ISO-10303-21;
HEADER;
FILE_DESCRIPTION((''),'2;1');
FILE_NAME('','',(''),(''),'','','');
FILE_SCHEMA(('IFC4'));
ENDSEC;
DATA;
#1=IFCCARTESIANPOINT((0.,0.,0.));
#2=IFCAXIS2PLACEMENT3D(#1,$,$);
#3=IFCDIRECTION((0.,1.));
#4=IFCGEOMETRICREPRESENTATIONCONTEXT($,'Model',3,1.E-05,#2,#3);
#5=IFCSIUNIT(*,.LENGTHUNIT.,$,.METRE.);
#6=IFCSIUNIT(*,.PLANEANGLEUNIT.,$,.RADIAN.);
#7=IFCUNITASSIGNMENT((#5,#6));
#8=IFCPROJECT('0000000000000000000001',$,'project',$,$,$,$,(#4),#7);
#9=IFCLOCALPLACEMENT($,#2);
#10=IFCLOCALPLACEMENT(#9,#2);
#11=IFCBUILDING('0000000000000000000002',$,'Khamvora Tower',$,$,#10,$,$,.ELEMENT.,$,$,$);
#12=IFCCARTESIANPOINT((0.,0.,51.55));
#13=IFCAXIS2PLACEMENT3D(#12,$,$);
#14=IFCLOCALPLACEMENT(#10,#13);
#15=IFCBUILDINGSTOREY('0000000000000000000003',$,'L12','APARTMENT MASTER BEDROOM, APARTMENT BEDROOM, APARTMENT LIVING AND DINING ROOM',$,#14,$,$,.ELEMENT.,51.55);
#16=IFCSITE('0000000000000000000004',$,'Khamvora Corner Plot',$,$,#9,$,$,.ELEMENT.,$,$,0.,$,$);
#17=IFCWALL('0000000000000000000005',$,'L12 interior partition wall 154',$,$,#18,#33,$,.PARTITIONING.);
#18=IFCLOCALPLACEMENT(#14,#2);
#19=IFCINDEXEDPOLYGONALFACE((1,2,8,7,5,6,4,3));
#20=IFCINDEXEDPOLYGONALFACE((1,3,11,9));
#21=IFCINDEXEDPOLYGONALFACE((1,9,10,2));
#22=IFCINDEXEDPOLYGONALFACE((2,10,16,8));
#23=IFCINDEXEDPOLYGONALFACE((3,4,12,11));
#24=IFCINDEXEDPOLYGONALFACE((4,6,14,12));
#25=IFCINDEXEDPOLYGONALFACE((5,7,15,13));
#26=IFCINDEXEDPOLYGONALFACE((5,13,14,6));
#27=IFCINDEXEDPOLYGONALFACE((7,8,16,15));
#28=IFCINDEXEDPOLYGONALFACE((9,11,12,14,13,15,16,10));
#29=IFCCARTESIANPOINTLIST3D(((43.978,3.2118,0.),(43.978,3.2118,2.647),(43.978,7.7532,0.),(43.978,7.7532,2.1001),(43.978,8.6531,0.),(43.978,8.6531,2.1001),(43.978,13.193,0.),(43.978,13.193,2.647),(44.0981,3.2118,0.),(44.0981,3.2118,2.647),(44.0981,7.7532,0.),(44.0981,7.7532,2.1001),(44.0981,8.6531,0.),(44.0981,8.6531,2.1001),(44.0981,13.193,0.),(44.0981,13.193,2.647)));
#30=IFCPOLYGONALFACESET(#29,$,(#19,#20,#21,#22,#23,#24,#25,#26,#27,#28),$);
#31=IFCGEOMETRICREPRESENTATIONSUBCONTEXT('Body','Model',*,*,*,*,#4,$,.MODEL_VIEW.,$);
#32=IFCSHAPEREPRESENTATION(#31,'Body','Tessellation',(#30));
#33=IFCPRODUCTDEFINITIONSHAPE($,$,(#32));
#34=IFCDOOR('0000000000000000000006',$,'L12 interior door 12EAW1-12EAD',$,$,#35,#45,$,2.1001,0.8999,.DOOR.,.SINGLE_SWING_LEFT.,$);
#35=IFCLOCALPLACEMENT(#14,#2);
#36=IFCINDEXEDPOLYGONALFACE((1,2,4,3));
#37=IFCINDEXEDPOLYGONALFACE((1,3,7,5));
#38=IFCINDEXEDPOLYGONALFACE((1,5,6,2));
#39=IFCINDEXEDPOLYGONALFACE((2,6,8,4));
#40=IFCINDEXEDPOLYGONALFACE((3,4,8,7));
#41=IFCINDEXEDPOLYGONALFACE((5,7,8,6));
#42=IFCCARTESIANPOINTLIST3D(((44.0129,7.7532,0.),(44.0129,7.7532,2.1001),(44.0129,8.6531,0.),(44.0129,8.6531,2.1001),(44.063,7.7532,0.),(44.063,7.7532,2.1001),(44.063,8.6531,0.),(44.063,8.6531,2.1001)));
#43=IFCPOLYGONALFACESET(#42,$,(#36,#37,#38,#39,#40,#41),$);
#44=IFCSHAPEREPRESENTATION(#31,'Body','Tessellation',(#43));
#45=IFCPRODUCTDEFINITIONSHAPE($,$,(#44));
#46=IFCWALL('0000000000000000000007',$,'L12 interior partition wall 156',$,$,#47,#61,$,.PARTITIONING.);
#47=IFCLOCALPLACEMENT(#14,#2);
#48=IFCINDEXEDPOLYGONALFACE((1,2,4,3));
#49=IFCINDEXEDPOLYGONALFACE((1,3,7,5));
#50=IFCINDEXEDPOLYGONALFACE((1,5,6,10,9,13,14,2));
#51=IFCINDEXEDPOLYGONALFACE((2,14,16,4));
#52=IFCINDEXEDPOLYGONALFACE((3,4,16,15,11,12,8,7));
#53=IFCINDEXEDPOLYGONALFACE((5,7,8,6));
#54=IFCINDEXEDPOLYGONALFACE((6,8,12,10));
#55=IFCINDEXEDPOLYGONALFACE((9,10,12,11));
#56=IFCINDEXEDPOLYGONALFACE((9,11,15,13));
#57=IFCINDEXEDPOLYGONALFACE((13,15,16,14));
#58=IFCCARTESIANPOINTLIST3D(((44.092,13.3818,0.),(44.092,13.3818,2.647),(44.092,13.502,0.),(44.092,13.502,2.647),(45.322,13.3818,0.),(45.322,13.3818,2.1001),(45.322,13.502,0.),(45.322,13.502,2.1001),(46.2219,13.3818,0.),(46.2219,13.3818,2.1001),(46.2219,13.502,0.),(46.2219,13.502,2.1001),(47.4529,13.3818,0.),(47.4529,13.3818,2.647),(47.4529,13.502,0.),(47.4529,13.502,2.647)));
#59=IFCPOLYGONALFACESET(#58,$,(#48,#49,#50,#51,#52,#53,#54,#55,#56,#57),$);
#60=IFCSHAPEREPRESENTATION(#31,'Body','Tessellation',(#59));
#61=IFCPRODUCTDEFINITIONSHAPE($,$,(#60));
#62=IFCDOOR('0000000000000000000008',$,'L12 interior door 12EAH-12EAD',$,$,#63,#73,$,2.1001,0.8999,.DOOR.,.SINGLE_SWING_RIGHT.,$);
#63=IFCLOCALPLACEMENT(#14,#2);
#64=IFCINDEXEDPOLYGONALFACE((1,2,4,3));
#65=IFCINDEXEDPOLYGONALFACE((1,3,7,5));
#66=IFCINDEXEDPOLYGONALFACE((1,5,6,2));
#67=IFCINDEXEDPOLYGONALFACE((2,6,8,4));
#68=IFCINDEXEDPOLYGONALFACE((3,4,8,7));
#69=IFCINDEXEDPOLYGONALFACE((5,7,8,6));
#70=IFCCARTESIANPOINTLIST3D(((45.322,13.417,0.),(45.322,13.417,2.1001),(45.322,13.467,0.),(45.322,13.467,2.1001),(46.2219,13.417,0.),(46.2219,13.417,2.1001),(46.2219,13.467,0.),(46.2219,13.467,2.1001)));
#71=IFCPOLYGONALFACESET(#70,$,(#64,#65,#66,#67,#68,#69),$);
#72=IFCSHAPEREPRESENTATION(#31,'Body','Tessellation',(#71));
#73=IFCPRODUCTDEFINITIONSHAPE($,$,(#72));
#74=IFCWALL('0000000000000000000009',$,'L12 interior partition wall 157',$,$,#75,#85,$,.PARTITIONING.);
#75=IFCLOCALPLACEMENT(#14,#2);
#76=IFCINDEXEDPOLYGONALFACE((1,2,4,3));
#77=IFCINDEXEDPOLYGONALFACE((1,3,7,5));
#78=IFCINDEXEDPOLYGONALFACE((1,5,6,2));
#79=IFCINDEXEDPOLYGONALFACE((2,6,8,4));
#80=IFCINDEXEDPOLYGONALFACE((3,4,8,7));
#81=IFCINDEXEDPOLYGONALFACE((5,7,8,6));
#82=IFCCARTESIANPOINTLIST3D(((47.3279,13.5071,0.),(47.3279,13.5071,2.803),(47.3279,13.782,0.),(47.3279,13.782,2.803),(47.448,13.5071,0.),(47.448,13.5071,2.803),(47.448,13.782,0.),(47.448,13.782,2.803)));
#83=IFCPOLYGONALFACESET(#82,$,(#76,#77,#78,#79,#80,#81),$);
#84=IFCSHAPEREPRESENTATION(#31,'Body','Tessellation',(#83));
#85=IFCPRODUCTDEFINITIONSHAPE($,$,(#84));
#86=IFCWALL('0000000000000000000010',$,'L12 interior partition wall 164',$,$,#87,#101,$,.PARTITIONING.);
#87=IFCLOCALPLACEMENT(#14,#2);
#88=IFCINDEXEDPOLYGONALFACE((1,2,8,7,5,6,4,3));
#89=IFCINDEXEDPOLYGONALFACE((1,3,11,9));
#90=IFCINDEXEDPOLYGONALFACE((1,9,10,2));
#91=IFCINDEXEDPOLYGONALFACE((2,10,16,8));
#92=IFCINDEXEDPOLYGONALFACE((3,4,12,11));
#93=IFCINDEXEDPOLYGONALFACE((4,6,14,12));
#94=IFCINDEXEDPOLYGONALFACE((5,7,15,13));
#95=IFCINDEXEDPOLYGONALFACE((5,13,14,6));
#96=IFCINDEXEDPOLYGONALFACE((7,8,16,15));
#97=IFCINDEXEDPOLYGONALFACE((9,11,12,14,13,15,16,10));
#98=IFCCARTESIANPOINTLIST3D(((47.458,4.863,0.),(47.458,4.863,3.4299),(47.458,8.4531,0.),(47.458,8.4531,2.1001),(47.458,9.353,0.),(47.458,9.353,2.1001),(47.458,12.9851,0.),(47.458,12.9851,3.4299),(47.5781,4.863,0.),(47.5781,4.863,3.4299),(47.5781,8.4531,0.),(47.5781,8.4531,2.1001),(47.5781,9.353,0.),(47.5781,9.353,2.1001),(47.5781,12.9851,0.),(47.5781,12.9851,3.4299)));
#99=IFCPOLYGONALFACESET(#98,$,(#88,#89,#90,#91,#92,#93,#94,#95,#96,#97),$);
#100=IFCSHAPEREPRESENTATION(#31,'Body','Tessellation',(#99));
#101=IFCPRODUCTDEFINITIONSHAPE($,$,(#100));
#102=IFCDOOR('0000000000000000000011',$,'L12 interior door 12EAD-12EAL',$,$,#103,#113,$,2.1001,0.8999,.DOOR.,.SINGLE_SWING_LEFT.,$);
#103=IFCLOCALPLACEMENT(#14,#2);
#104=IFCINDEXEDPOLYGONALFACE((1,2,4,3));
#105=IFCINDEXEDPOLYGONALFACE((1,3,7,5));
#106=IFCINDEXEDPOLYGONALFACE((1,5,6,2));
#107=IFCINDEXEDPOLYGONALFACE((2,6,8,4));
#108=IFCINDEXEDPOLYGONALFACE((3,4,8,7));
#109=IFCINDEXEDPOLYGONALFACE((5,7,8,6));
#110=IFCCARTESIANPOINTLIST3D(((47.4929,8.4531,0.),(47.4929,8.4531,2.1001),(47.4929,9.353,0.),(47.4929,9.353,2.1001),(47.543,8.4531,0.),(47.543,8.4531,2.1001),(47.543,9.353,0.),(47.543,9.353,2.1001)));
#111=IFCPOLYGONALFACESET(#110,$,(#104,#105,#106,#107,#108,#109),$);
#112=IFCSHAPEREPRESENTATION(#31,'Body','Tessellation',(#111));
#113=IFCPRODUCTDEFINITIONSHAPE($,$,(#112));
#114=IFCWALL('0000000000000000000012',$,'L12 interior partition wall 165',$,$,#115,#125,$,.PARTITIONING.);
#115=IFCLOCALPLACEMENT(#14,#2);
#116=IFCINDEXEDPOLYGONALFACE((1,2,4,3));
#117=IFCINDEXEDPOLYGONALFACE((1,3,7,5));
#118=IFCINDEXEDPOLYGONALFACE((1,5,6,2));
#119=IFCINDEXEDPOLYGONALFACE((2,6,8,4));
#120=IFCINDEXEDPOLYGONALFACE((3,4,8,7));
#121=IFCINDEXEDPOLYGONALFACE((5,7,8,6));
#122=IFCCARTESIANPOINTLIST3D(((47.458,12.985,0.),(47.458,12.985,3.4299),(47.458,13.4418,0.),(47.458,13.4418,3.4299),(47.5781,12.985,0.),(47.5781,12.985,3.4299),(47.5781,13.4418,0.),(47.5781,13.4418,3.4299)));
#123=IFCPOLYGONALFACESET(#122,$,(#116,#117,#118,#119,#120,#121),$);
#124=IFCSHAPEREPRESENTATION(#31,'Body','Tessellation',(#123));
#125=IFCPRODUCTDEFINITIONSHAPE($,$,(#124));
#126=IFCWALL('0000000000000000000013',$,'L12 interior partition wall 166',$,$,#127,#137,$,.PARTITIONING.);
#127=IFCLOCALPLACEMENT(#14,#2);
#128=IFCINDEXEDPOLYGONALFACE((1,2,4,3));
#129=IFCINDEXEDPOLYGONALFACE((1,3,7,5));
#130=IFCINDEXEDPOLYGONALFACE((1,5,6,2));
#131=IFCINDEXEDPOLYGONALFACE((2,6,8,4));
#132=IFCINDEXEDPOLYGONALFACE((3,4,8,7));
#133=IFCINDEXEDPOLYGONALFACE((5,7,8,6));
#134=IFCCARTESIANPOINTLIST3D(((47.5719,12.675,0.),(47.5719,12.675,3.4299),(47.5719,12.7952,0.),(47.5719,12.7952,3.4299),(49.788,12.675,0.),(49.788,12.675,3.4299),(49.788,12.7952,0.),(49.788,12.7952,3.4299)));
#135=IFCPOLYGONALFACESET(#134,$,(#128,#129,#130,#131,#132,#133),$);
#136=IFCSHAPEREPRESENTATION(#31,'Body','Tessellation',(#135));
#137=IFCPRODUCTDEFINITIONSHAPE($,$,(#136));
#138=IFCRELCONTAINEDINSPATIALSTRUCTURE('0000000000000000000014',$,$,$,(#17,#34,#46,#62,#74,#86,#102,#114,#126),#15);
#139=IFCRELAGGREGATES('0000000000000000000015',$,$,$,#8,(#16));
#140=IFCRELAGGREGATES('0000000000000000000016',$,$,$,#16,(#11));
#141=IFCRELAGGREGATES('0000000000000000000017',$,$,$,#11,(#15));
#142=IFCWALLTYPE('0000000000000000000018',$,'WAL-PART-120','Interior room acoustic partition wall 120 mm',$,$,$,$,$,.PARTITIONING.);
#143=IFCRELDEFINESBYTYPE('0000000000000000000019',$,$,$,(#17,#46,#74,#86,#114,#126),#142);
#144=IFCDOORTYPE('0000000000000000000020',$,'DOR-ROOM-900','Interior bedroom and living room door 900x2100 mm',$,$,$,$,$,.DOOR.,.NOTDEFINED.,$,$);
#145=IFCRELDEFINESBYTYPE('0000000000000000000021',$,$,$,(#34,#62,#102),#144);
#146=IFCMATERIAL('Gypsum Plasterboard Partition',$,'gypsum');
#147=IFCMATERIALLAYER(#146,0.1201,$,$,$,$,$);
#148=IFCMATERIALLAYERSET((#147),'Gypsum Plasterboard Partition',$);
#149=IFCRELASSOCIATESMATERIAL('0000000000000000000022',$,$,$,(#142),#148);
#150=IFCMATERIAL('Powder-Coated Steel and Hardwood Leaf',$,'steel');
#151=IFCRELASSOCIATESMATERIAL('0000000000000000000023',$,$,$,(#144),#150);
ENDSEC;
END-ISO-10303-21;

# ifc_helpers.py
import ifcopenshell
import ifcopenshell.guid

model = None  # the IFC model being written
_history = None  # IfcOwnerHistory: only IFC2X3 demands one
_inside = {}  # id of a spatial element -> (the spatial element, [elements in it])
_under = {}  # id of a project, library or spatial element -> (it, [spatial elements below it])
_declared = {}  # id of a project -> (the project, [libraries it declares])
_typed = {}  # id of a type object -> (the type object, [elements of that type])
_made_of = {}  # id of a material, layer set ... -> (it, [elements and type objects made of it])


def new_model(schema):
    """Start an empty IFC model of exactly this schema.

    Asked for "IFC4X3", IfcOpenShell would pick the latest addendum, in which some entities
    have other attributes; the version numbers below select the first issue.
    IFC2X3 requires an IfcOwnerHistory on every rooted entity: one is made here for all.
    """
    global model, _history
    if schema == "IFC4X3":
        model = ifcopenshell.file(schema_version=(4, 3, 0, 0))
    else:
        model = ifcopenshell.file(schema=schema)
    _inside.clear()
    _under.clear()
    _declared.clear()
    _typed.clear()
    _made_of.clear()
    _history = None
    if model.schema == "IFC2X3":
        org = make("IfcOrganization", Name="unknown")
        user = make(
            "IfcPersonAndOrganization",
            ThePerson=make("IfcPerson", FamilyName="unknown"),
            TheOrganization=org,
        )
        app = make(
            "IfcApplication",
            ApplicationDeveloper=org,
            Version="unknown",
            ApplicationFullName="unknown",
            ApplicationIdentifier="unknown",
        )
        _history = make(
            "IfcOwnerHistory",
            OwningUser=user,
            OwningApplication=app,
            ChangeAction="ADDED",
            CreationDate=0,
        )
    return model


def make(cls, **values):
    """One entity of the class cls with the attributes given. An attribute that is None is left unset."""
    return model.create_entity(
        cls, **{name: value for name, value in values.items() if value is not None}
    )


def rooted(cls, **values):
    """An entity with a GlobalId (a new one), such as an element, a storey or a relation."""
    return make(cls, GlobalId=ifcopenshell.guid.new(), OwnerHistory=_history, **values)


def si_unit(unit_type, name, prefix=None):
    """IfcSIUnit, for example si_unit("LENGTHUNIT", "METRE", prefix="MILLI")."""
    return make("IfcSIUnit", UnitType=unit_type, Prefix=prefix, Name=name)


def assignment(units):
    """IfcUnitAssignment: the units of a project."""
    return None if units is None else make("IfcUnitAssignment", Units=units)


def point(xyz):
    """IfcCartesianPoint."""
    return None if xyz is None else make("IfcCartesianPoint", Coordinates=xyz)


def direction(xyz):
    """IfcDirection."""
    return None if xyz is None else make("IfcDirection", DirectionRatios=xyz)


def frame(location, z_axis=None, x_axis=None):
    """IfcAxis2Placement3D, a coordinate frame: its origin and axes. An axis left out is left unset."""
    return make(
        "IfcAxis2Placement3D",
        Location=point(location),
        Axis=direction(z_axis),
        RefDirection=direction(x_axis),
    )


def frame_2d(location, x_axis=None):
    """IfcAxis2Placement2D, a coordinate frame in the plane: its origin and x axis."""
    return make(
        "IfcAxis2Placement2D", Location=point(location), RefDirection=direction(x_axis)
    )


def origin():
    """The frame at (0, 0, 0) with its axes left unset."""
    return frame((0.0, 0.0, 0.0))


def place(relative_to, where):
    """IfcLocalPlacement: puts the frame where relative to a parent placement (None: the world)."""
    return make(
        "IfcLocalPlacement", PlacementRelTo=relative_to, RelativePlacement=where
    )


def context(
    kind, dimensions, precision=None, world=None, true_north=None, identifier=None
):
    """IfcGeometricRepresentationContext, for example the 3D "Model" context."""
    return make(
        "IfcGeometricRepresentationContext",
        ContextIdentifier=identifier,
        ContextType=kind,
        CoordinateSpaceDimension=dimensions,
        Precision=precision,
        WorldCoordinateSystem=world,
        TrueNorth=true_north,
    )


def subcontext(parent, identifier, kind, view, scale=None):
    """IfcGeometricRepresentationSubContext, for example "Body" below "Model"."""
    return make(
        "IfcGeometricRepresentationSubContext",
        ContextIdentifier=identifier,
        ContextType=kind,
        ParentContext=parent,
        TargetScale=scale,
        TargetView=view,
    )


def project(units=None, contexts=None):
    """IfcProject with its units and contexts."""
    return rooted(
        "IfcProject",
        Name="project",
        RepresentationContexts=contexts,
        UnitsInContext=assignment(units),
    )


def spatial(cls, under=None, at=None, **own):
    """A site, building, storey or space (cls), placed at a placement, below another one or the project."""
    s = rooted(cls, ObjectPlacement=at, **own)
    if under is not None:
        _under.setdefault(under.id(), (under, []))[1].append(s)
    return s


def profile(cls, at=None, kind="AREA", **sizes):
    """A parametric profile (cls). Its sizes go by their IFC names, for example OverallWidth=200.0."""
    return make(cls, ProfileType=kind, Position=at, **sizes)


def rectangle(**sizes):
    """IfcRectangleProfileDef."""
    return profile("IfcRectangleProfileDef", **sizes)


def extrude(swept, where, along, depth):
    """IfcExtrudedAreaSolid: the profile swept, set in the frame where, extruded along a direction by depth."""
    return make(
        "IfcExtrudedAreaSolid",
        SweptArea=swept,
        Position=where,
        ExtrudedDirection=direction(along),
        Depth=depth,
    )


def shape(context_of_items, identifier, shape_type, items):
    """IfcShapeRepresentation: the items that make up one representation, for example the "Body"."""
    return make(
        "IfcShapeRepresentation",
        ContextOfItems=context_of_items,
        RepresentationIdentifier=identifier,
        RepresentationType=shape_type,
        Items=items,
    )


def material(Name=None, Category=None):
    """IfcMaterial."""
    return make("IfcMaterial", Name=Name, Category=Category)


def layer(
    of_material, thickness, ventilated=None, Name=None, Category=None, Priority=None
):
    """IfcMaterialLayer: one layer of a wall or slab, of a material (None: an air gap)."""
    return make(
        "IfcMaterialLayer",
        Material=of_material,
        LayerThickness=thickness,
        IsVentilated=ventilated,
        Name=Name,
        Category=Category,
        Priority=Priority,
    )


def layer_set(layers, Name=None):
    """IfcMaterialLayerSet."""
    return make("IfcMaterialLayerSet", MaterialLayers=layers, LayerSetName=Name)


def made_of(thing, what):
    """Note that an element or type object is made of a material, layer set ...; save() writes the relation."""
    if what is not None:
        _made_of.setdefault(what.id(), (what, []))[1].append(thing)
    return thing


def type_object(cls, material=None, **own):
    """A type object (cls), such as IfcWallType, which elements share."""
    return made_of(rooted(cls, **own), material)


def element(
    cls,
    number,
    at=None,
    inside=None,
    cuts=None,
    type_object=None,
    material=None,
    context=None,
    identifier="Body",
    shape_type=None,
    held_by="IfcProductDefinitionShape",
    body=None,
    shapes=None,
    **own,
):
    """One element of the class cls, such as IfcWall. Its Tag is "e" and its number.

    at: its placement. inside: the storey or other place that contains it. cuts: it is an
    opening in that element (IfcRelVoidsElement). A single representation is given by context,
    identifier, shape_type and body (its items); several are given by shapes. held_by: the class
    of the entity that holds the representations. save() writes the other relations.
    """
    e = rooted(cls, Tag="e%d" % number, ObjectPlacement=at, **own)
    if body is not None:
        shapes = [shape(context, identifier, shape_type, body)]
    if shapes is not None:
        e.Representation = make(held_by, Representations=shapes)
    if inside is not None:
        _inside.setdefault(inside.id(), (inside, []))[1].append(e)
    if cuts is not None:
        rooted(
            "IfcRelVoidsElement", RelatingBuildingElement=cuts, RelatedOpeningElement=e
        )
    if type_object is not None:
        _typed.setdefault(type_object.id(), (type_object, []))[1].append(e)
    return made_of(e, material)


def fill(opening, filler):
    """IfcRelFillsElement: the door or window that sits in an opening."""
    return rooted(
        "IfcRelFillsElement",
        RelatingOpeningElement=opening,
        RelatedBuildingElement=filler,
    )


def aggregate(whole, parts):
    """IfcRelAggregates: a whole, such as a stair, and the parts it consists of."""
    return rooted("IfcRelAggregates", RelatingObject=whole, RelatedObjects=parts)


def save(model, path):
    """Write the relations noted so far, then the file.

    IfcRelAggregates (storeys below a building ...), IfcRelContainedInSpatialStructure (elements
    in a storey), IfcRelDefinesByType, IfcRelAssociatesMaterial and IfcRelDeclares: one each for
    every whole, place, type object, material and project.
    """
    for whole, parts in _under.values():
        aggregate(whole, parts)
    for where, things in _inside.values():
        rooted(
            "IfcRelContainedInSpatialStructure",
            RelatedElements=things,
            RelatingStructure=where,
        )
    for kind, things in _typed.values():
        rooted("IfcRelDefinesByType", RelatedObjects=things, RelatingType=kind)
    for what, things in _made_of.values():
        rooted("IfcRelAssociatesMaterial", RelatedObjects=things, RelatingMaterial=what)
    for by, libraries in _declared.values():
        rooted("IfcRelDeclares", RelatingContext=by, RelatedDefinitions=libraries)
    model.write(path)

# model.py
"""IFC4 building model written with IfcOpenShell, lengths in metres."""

from ifc_helpers import new_model, si_unit, direction, frame, frame_2d, origin, place, context, subcontext, project, spatial, rectangle, extrude, material, layer, layer_set, type_object, element, fill, save


model = new_model("IFC4")

# Units and contexts
model_context = context("Model", 3, precision=1e-05, world=origin(), true_north=direction((0.0, 1.0)))
body_context = subcontext(model_context, "Body", "Model", "MODEL_VIEW")
ifc_project = project(units=[si_unit("LENGTHUNIT", "METRE"), si_unit("PLANEANGLEUNIT", "RADIAN")], contexts=[model_context])

# Site, building, storey
site_placement = place(None, origin())
site = spatial("IfcSite", under=ifc_project, at=site_placement, Name="Khamvora Corner Plot", CompositionType="ELEMENT", RefElevation=0.0)
building_placement = place(site_placement, origin())
building = spatial("IfcBuilding", under=site, at=building_placement, Name="Khamvora Tower", CompositionType="ELEMENT")
storey_placement = place(building_placement, frame((0.0, 0.0, 51.55)))
storey = spatial("IfcBuildingStorey", under=building, at=storey_placement, Name="L12", Description="APARTMENT MASTER BEDROOM, APARTMENT BEDROOM, APARTMENT LIVING AND DINING ROOM", CompositionType="ELEMENT", Elevation=51.55)

# Walls, openings, doors
ifc_material_1 = material(Name="Gypsum Plasterboard Partition", Category="gypsum")
ifc_layer_1 = layer(ifc_material_1, 0.1201)
ifc_layer_set_1 = layer_set([ifc_layer_1], Name="Gypsum Plasterboard Partition")
wall_type_1 = type_object("IfcWallType", Name="WAL-PART-120", Description="Interior room acoustic partition wall 120 mm", PredefinedType="PARTITIONING", material=ifc_layer_set_1)
wall_1_placement = place(storey_placement, frame((44.0381, 13.1931, 0.0), z_axis=(0.0, 0.0, 1.0), x_axis=(0.0, -1.0, 0.0)))
wall_1 = element("IfcWall", 1, at=wall_1_placement, inside=storey, type_object=wall_type_1, Name="L12 interior partition wall 154", PredefinedType="PARTITIONING", context=body_context, shape_type="SweptSolid", body=[
    extrude(rectangle(XDim=9.9812, YDim=0.1201, at=frame_2d((4.9907, 0.0))), origin(), (0.0, 0.0, 1.0), 2.647),
])
opening_1_placement = place(wall_1_placement, frame((4.54, 0.0, 0.0)))
opening_1 = element("IfcOpeningElement", 2, at=opening_1_placement, cuts=wall_1, PredefinedType="OPENING", context=body_context, shape_type="SweptSolid", body=[
    extrude(rectangle(XDim=0.8999, YDim=2.1001, at=frame_2d((0.45, 1.05))), frame((0.0, 0.0701, 0.0), z_axis=(0.0, -1.0, 0.0), x_axis=(1.0, 0.0, 0.0)), (0.0, 0.0, 1.0), 0.1401),
])
ifc_material_2 = material(Name="Powder-Coated Steel and Hardwood Leaf", Category="steel")
door_type = type_object("IfcDoorType", Name="DOR-ROOM-900", Description="Interior bedroom and living room door 900x2100 mm", OperationType="NOTDEFINED", PredefinedType="DOOR", material=ifc_material_2)
door_1_placement = place(opening_1_placement, origin())
door_1 = element("IfcDoor", 3, at=door_1_placement, inside=storey, type_object=door_type, Name="L12 interior door 12EAW1-12EAD", OperationType="SINGLE_SWING_LEFT", OverallHeight=2.1001, OverallWidth=0.8999, PredefinedType="DOOR", context=body_context, shape_type="SweptSolid", body=[
    extrude(rectangle(XDim=0.8999, YDim=2.1001, at=frame_2d((0.45, 1.05))), frame((0.0, 0.0249, 0.0), z_axis=(0.0, -1.0, 0.0), x_axis=(1.0, 0.0, 0.0)), (0.0, 0.0, 1.0), 0.05),
])
fill(opening_1, door_1)
wall_2_placement = place(storey_placement, frame((47.4529, 13.4419, 0.0), z_axis=(0.0, 0.0, 1.0), x_axis=(-1.0, 0.0, 0.0)))
wall_2 = element("IfcWall", 4, at=wall_2_placement, inside=storey, type_object=wall_type_1, Name="L12 interior partition wall 156", PredefinedType="PARTITIONING", context=body_context, shape_type="SweptSolid", body=[
    extrude(rectangle(XDim=3.3608, YDim=0.1201, at=frame_2d((1.6804, 0.0))), origin(), (0.0, 0.0, 1.0), 2.647),
])
opening_2_placement = place(wall_2_placement, frame((1.231, 0.0, 0.0)))
opening_2 = element("IfcOpeningElement", 5, at=opening_2_placement, cuts=wall_2, PredefinedType="OPENING", context=body_context, shape_type="SweptSolid", body=[
    extrude(rectangle(XDim=0.8999, YDim=2.1001, at=frame_2d((0.45, 1.05))), frame((0.0, 0.0701, 0.0), z_axis=(0.0, -1.0, 0.0), x_axis=(1.0, 0.0, 0.0)), (0.0, 0.0, 1.0), 0.1401),
])
door_2_placement = place(opening_2_placement, origin())
door_2 = element("IfcDoor", 6, at=door_2_placement, inside=storey, type_object=door_type, Name="L12 interior door 12EAH-12EAD", OperationType="SINGLE_SWING_RIGHT", OverallHeight=2.1001, OverallWidth=0.8999, PredefinedType="DOOR", context=body_context, shape_type="SweptSolid", body=[
    extrude(rectangle(XDim=0.8999, YDim=2.1001, at=frame_2d((0.45, 1.05))), frame((0.0, 0.0249, 0.0), z_axis=(0.0, -1.0, 0.0), x_axis=(1.0, 0.0, 0.0)), (0.0, 0.0, 1.0), 0.05),
])
fill(opening_2, door_2)

# Wall
wall_3_placement = place(storey_placement, frame((47.3879, 13.782, 0.0), z_axis=(0.0, 0.0, 1.0), x_axis=(0.0, -1.0, 0.0)))
element("IfcWall", 7, at=wall_3_placement, inside=storey, type_object=wall_type_1, Name="L12 interior partition wall 157", PredefinedType="PARTITIONING", context=body_context, shape_type="SweptSolid", body=[
    extrude(rectangle(XDim=0.2749, YDim=0.1201, at=frame_2d((0.1375, 0.0))), origin(), (0.0, 0.0, 1.0), 2.803),
])

# Wall, opening, door
wall_4_placement = place(storey_placement, frame((47.5181, 12.9851, 0.0), z_axis=(0.0, 0.0, 1.0), x_axis=(0.0, -1.0, 0.0)))
wall_4 = element("IfcWall", 8, at=wall_4_placement, inside=storey, type_object=wall_type_1, Name="L12 interior partition wall 164", PredefinedType="PARTITIONING", context=body_context, shape_type="SweptSolid", body=[
    extrude(rectangle(XDim=8.1221, YDim=0.1201, at=frame_2d((4.061, 0.0))), origin(), (0.0, 0.0, 1.0), 3.4299),
])
opening_3_placement = place(wall_4_placement, frame((3.6321, 0.0, 0.0)))
opening_3 = element("IfcOpeningElement", 9, at=opening_3_placement, cuts=wall_4, PredefinedType="OPENING", context=body_context, shape_type="SweptSolid", body=[
    extrude(rectangle(XDim=0.8999, YDim=2.1001, at=frame_2d((0.45, 1.05))), frame((0.0, 0.0701, 0.0), z_axis=(0.0, -1.0, 0.0), x_axis=(1.0, 0.0, 0.0)), (0.0, 0.0, 1.0), 0.1401),
])
door_3_placement = place(opening_3_placement, origin())
door_3 = element("IfcDoor", 10, at=door_3_placement, inside=storey, type_object=door_type, Name="L12 interior door 12EAD-12EAL", OperationType="SINGLE_SWING_LEFT", OverallHeight=2.1001, OverallWidth=0.8999, PredefinedType="DOOR", context=body_context, shape_type="SweptSolid", body=[
    extrude(rectangle(XDim=0.8999, YDim=2.1001, at=frame_2d((0.45, 1.05))), frame((0.0, 0.0249, 0.0), z_axis=(0.0, -1.0, 0.0), x_axis=(1.0, 0.0, 0.0)), (0.0, 0.0, 1.0), 0.05),
])
fill(opening_3, door_3)

# Walls
wall_5_placement = place(storey_placement, frame((47.5181, 13.4419, 0.0), z_axis=(0.0, 0.0, 1.0), x_axis=(0.0, -1.0, 0.0)))
element("IfcWall", 11, at=wall_5_placement, inside=storey, type_object=wall_type_1, Name="L12 interior partition wall 165", PredefinedType="PARTITIONING", context=body_context, shape_type="SweptSolid", body=[
    extrude(rectangle(XDim=0.4568, YDim=0.1201, at=frame_2d((0.2285, 0.0))), origin(), (0.0, 0.0, 1.0), 3.4299),
])
wall_6_placement = place(storey_placement, frame((47.572, 12.7351, 0.0), z_axis=(0.0, 0.0, 1.0), x_axis=(1.0, 0.0, 0.0)))
element("IfcWall", 12, at=wall_6_placement, inside=storey, type_object=wall_type_1, Name="L12 interior partition wall 166", PredefinedType="PARTITIONING", context=body_context, shape_type="SweptSolid", body=[
    extrude(rectangle(XDim=2.2161, YDim=0.1201, at=frame_2d((1.1079, 0.0))), origin(), (0.0, 0.0, 1.0), 3.4299),
])

save(model, "model.ifc")
